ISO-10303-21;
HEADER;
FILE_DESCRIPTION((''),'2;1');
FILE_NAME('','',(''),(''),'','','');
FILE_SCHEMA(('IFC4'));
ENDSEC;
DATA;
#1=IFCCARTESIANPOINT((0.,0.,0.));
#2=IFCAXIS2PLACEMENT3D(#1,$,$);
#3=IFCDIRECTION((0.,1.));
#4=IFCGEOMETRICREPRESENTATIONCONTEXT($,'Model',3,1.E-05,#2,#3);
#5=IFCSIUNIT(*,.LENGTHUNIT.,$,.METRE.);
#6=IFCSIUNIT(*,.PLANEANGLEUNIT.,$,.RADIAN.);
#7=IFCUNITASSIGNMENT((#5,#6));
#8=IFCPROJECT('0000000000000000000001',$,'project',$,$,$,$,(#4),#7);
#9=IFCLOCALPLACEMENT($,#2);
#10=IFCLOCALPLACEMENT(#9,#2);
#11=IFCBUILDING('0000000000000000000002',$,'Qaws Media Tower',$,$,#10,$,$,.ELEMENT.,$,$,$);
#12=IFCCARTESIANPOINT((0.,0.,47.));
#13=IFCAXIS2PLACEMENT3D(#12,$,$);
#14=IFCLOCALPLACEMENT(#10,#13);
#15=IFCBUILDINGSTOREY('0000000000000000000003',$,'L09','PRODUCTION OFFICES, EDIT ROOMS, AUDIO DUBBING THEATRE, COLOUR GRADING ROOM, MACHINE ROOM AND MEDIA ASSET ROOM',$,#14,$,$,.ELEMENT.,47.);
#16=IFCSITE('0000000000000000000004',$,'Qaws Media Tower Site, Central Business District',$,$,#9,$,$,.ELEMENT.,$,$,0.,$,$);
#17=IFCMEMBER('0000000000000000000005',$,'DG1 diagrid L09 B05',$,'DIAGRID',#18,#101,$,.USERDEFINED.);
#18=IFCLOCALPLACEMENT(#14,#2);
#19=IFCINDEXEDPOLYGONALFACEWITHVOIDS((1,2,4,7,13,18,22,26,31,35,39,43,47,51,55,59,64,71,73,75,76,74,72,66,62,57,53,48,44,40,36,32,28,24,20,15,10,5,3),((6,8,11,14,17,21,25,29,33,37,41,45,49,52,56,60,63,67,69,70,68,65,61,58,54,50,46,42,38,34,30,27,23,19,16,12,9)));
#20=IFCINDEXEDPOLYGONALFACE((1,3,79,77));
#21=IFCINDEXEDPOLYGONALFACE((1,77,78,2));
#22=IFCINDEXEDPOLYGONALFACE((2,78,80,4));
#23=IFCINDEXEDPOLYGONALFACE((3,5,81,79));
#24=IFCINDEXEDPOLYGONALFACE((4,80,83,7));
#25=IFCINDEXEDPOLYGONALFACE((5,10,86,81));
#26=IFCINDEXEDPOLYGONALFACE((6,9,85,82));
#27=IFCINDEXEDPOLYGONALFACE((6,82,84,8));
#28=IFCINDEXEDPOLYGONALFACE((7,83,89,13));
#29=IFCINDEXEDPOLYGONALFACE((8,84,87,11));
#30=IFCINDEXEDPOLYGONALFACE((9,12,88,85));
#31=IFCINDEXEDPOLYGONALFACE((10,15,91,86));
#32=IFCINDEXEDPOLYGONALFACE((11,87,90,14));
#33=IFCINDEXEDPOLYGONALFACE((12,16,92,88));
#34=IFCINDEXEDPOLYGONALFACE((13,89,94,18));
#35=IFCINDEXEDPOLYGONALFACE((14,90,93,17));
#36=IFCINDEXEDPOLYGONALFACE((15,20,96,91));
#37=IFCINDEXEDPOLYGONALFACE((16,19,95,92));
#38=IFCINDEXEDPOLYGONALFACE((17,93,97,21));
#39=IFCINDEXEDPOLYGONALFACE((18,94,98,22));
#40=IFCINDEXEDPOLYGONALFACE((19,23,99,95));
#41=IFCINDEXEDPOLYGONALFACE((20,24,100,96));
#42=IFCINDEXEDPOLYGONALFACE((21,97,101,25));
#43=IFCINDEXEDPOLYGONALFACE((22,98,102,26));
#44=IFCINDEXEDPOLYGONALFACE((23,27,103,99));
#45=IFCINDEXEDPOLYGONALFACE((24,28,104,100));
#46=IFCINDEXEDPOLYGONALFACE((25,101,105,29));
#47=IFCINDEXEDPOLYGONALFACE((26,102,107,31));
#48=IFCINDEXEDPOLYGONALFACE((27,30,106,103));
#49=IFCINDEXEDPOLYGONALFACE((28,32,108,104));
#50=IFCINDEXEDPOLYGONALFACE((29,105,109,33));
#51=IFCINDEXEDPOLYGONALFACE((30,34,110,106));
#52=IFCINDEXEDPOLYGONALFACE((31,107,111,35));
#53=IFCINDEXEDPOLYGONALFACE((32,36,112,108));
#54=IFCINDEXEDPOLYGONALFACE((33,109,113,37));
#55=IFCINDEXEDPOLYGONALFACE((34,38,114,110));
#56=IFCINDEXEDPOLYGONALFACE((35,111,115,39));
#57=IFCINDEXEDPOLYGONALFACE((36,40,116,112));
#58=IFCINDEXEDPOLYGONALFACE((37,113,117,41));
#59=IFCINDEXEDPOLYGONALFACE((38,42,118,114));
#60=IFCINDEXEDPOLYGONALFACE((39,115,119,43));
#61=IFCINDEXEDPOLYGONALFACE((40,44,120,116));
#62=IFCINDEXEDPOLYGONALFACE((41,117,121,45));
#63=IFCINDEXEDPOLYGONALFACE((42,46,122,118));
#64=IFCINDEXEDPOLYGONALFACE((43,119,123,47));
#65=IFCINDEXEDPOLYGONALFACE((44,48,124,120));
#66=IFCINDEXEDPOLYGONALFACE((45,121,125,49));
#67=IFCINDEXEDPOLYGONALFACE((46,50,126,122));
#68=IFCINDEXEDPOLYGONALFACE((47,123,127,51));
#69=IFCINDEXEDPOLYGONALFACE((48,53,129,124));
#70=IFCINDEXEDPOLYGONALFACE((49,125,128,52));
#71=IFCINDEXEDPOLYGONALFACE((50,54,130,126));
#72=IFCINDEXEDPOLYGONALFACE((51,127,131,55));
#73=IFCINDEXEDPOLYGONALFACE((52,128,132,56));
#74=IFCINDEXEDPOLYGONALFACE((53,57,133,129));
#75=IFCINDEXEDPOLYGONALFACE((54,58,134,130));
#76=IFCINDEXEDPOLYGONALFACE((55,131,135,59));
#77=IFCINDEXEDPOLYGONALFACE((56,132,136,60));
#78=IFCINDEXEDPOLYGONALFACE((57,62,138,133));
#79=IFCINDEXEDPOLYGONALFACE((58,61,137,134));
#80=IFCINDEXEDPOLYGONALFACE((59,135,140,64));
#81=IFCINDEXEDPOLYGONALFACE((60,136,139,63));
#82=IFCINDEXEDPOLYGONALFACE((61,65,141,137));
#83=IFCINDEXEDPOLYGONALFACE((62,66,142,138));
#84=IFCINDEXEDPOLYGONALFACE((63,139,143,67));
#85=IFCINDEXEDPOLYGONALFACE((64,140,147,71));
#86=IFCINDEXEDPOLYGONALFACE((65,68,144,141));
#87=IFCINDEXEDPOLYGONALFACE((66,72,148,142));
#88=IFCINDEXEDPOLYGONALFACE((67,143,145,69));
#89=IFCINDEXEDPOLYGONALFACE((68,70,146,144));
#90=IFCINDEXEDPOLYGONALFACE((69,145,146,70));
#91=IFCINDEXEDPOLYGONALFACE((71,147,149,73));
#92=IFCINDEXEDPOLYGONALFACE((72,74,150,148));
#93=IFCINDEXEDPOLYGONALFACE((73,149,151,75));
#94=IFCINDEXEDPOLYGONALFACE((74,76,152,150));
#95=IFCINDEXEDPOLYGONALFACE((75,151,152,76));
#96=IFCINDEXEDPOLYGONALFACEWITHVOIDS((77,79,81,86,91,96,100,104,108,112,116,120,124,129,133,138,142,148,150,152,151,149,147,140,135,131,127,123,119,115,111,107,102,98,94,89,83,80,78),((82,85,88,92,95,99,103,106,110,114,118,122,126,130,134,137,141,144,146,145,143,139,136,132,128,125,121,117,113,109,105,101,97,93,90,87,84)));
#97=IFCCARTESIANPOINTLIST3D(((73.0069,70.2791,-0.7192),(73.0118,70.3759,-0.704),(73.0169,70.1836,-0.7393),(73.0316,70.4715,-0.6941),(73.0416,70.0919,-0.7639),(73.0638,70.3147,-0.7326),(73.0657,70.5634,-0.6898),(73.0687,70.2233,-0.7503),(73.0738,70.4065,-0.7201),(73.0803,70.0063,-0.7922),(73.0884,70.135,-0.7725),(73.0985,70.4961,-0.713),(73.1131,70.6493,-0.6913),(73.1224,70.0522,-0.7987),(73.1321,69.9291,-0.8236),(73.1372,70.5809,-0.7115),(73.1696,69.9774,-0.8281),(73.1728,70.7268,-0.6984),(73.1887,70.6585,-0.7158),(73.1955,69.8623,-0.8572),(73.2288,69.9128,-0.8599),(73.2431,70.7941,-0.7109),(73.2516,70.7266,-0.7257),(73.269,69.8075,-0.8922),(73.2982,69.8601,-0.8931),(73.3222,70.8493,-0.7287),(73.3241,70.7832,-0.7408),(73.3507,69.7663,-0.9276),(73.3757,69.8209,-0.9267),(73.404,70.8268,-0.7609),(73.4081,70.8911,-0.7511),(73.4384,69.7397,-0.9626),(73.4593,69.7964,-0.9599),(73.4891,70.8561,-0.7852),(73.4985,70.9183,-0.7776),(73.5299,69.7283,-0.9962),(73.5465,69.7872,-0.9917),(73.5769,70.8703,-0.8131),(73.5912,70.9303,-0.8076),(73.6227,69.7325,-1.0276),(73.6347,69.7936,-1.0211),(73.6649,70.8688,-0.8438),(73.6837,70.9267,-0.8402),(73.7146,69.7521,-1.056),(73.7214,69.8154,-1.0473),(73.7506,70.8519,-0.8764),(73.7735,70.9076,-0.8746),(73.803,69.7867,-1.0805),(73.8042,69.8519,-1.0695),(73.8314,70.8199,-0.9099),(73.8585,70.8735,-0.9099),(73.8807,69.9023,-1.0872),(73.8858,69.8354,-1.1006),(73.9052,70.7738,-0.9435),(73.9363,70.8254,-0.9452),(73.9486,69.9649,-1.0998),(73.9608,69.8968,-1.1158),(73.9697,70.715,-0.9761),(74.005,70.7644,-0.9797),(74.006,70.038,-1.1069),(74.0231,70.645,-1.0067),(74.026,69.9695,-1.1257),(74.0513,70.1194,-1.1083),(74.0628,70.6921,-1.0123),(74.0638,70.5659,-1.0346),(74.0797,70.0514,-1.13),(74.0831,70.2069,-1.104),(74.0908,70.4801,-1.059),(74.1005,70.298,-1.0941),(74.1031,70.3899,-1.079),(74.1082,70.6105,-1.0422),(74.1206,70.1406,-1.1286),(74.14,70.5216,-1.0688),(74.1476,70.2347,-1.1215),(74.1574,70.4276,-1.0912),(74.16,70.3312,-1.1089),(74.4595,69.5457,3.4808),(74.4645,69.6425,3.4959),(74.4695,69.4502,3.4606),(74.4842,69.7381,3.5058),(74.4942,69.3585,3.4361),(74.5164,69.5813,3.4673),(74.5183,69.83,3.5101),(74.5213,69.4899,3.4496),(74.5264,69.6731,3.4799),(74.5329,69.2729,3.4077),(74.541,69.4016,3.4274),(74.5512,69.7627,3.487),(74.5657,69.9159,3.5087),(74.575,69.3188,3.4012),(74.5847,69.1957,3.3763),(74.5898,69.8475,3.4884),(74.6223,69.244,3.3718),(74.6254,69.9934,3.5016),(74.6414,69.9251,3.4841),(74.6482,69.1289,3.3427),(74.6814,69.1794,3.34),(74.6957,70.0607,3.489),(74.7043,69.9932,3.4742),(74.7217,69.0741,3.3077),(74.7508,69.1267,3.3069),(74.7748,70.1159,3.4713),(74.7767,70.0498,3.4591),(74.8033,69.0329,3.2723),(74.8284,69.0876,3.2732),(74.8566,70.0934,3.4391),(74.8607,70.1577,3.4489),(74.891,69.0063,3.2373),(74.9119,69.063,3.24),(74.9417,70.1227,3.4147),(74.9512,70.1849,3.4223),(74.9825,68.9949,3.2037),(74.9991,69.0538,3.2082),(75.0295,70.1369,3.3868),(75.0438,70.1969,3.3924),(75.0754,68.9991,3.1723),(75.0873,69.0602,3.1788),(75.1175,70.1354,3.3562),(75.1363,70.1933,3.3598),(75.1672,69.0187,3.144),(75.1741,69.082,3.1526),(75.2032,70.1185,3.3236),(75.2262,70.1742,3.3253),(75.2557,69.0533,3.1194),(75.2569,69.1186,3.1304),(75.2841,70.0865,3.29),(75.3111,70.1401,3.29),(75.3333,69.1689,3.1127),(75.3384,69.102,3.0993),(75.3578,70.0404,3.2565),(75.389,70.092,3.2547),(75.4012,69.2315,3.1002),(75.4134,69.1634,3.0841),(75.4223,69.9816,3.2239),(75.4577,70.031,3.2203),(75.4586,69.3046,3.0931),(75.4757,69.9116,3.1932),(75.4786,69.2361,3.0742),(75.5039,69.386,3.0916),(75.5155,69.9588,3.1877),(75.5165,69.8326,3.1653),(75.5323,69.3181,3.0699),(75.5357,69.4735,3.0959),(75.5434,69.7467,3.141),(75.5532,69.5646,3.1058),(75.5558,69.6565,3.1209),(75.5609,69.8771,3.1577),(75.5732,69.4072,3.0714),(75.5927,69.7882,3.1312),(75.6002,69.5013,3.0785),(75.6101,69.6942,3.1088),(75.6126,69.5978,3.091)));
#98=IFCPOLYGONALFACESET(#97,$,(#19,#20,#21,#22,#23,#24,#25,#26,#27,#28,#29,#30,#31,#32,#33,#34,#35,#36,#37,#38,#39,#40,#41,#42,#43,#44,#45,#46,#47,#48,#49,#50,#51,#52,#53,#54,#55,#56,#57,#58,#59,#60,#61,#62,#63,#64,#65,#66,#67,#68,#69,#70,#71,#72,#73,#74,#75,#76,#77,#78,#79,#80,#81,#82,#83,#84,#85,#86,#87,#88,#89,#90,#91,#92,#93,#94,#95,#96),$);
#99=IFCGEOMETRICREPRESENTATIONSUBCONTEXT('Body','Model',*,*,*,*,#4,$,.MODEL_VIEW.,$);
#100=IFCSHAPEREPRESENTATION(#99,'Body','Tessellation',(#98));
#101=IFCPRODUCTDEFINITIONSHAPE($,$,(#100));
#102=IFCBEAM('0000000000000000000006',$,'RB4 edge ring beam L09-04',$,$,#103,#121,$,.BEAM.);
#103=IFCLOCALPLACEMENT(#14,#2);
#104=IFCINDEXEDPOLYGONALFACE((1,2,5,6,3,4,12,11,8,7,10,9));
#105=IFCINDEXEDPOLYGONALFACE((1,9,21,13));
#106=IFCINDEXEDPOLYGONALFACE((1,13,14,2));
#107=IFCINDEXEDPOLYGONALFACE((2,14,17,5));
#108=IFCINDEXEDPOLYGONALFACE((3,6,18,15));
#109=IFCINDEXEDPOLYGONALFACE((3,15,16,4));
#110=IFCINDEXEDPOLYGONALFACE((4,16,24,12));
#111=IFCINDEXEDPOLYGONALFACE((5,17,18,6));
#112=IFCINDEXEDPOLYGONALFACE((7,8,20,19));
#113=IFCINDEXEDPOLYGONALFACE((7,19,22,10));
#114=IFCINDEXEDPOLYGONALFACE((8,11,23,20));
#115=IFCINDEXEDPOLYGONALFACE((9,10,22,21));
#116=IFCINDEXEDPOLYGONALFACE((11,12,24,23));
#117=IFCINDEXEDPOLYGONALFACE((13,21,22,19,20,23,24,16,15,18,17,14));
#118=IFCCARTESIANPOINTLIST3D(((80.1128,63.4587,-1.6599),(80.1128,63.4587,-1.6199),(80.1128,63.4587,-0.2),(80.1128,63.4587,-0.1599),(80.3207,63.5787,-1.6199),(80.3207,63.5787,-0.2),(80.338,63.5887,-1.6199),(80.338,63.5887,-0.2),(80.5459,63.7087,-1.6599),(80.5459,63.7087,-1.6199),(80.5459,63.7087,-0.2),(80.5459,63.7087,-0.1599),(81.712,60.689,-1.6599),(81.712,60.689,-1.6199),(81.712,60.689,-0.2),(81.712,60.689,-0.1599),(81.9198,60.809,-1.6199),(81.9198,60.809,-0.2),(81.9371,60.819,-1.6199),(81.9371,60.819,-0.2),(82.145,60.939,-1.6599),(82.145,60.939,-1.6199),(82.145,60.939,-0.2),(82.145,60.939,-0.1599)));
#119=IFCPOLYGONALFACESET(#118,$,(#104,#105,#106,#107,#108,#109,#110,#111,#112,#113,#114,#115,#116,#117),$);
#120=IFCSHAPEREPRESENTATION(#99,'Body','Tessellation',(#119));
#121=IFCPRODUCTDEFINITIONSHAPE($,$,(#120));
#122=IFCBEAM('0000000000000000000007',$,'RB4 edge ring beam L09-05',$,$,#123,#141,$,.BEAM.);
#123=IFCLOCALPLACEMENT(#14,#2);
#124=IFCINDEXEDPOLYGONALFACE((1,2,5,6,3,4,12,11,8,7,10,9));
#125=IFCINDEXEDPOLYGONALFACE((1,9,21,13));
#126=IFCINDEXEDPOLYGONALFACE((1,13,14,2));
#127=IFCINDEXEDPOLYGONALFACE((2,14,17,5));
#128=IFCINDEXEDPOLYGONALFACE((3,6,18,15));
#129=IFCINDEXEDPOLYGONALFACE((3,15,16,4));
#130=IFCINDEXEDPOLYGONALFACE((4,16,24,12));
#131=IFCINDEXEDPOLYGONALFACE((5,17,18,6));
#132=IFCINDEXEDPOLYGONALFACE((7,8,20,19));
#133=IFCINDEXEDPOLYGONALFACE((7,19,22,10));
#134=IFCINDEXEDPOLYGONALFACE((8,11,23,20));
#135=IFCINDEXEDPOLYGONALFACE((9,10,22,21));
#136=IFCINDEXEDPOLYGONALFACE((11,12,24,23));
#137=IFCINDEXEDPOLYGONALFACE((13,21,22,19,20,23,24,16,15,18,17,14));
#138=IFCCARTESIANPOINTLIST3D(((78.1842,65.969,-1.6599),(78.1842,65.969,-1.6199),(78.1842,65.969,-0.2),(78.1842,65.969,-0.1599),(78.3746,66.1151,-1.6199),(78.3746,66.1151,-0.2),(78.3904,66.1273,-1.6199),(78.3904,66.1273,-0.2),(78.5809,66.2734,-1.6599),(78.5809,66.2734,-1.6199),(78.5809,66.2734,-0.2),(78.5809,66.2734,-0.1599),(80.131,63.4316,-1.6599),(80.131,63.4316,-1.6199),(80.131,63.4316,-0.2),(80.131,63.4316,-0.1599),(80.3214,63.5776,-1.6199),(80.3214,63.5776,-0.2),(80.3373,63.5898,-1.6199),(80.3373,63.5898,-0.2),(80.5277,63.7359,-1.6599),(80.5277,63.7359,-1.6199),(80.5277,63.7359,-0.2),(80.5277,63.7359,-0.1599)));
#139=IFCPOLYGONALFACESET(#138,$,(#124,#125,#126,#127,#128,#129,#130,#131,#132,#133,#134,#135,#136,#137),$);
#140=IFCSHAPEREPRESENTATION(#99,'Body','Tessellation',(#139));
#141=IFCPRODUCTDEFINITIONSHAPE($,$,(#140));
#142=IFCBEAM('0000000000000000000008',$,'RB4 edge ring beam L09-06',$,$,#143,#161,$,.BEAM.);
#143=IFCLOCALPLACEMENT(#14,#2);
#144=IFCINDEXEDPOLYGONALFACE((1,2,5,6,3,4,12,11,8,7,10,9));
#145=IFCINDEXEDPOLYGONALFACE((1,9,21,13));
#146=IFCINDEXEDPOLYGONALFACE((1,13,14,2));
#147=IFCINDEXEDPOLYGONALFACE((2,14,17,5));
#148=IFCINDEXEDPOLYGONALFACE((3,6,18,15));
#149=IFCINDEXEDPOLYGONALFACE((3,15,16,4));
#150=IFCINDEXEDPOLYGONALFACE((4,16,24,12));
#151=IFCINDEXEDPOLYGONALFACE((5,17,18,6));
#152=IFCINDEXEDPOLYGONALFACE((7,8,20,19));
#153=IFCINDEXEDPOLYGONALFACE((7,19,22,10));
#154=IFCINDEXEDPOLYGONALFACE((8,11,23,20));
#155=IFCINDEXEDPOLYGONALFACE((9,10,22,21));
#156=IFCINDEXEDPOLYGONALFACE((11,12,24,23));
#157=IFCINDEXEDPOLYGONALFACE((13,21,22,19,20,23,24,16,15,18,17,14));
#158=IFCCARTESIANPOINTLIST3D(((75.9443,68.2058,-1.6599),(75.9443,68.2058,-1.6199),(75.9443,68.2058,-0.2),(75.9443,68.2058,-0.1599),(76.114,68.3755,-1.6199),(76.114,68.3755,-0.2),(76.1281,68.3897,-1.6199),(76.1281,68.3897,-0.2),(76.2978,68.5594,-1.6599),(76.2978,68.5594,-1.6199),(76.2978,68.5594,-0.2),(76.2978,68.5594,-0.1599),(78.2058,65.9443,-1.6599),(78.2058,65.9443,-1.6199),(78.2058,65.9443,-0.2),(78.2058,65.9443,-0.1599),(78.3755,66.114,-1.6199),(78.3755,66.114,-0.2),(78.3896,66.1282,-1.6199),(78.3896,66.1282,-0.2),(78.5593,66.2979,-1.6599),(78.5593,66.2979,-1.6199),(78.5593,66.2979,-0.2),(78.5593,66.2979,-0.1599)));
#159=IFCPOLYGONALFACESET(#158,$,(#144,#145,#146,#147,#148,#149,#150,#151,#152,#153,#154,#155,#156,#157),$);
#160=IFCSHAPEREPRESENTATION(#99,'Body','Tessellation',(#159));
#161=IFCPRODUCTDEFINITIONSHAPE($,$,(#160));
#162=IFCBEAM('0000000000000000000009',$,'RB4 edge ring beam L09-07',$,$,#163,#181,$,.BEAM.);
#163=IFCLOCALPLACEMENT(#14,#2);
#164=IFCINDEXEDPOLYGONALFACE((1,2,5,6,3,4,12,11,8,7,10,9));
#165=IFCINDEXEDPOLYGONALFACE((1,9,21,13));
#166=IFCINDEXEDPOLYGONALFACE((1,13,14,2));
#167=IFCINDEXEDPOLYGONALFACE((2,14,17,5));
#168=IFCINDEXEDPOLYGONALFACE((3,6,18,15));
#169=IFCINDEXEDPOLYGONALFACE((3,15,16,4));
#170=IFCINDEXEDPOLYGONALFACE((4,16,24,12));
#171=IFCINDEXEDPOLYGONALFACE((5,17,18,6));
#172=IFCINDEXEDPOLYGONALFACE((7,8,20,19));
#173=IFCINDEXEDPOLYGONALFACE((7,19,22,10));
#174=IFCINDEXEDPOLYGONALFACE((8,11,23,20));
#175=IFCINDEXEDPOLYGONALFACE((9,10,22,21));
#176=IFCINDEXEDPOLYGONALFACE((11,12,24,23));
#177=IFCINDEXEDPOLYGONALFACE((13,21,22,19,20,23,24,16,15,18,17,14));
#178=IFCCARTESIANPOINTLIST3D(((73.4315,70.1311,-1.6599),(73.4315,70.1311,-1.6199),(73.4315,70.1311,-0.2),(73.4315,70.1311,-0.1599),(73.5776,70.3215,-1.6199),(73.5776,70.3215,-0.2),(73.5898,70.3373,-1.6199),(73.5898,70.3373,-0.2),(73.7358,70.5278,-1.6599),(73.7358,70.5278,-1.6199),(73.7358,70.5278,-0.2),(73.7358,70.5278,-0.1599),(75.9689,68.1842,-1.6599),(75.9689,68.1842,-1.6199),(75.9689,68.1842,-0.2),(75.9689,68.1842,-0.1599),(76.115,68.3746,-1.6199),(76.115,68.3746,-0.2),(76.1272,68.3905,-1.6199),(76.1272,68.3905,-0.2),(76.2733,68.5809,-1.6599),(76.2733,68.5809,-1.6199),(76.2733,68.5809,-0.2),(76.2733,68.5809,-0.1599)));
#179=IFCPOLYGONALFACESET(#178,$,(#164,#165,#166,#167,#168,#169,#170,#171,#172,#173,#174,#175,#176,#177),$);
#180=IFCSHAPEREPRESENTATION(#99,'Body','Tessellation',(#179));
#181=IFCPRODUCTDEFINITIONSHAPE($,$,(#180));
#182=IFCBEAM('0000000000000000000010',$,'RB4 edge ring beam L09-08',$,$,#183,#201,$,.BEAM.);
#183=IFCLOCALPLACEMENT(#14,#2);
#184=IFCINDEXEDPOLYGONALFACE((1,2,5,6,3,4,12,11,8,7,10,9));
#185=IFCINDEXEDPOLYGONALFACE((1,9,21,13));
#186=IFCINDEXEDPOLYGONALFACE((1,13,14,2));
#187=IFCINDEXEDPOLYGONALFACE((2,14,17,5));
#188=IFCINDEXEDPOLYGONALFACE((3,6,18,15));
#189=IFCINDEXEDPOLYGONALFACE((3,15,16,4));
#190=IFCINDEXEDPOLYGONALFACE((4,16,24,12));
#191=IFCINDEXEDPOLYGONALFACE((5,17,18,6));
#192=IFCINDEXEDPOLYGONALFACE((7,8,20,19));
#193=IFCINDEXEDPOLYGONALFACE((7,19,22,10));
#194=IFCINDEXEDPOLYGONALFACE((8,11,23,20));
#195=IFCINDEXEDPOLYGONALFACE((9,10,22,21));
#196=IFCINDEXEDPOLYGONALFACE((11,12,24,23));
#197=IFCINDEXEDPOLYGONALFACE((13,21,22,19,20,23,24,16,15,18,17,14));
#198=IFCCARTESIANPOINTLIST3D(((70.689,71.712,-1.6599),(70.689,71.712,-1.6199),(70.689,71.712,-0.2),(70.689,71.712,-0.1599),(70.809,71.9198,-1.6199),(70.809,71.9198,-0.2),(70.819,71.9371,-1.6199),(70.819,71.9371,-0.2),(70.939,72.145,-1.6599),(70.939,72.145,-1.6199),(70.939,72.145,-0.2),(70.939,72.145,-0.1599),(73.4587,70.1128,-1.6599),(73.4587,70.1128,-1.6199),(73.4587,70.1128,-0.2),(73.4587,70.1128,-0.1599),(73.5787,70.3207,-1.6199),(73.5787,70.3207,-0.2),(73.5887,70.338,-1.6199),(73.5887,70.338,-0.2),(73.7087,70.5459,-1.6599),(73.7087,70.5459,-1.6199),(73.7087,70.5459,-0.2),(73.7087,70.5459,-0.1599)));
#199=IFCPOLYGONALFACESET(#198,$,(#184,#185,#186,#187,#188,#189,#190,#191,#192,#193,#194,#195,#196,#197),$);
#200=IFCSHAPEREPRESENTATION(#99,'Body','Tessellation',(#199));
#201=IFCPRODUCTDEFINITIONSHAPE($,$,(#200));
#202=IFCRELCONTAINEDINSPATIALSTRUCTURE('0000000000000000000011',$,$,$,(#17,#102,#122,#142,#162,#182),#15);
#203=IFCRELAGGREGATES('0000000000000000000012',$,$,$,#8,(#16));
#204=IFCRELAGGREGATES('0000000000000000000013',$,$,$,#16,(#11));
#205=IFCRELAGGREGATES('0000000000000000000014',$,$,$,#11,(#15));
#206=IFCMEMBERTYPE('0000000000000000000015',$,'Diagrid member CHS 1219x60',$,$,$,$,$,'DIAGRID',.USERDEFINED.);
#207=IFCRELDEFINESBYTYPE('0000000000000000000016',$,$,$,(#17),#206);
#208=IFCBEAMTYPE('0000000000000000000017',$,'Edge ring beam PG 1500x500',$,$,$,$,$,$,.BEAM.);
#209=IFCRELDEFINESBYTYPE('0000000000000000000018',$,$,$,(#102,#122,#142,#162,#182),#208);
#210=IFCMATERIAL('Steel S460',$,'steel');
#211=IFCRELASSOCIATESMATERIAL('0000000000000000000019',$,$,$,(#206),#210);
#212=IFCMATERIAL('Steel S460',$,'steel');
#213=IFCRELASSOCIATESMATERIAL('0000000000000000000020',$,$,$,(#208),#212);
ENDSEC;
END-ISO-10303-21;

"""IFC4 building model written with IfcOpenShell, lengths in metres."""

from ifc_helpers import new_model, si_unit, direction, frame, origin, origin_2d, place, context, subcontext, project, spatial, hollow_circle, i_section, extrude, material, material_profile, profile_set, type_object, element, save


model = new_model("IFC4")

# Units and contexts
model_context = context("Model", 3, precision=1e-05, world=origin(), true_north=direction((0.0, 1.0)))
body_context = subcontext(model_context, "Body", "Model", "MODEL_VIEW")
ifc_project = project(units=[si_unit("LENGTHUNIT", "METRE"), si_unit("PLANEANGLEUNIT", "RADIAN")], contexts=[model_context])

# Site, building, storey
site_placement = place(None, origin())
site = spatial("IfcSite", under=ifc_project, at=site_placement, Name="Qaws Media Tower Site, Central Business District", CompositionType="ELEMENT", RefElevation=0.0)
building_placement = place(site_placement, origin())
building = spatial("IfcBuilding", under=site, at=building_placement, Name="Qaws Media Tower", CompositionType="ELEMENT")
storey_placement = place(building_placement, frame((0.0, 0.0, 47.0)))
storey = spatial("IfcBuildingStorey", under=building, at=storey_placement, Name="L09", Description="PRODUCTION OFFICES, EDIT ROOMS, AUDIO DUBBING THEATRE, COLOUR GRADING ROOM, MACHINE ROOM AND MEDIA ASSET ROOM", CompositionType="ELEMENT", Elevation=47.0)

# Member
ifc_material_1 = material(Name="Steel S460", Category="steel")
ifc_material_profile_1 = material_profile(ifc_material_1, hollow_circle(Radius=0.6096, WallThickness=0.0601, at=origin_2d()), Name="CHS 1219x60")
ifc_profile_set_1 = profile_set([ifc_material_profile_1], Name="Steel S460")
member_type_1 = type_object("IfcMemberType", Name="Diagrid member CHS 1219x60", ElementType="DIAGRID", PredefinedType="USERDEFINED", material=ifc_profile_set_1)
member_1_placement = place(storey_placement, frame((73.5837, 70.3293, -0.9099), z_axis=(0.322509, -0.162826, 0.932457), x_axis=(0.450691, 0.89268, 0.0)))
element("IfcMember", 1, at=member_1_placement, inside=storey, type_object=member_type_1, Name="DG1 diagrid L09 B05", ObjectType="DIAGRID", PredefinedType="USERDEFINED", context=body_context, shape_type="SweptSolid", body=[
    extrude(hollow_circle(Radius=0.6096, WallThickness=0.0601, at=origin_2d()), origin(), (0.0, 0.0, 1.0), 4.5042),
])

# Beams
ifc_material_2 = material(Name="Steel S460", Category="steel")
ifc_material_profile_2 = material_profile(ifc_material_2, i_section(OverallWidth=0.5, OverallDepth=1.5, WebThickness=0.02, FlangeThickness=0.04, at=origin_2d()), Name="PG 1500x500")
ifc_profile_set_2 = profile_set([ifc_material_profile_2], Name="Steel S460")
beam_type = type_object("IfcBeamType", Name="Edge ring beam PG 1500x500", PredefinedType="BEAM", material=ifc_profile_set_2)
for number, where, z_axis, x_axis, name in (
    (2, (81.9285, 60.814, -0.9099), (-0.499998, 0.866027, 0.0), (-0.866027, -0.499998, 0.0), "RB4 edge ring beam L09-04"),
    (3, (80.3293, 63.5837, -0.9099), (-0.608722, 0.793384, 0.0), (-0.793384, -0.608722, 0.0), "RB4 edge ring beam L09-05"),
    (4, (78.3826, 66.1211, -0.9099), (-0.707107, 0.707107, 0.0), (-0.707107, -0.707107, 0.0), "RB4 edge ring beam L09-06"),
    (5, (76.1211, 68.3826, -0.9099), (-0.793384, 0.608722, 0.0), (-0.608722, -0.793384, 0.0), "RB4 edge ring beam L09-07"),
    (6, (73.5837, 70.3293, -0.9099), (-0.866027, 0.499998, 0.0), (-0.499998, -0.866027, 0.0), "RB4 edge ring beam L09-08"),
):
    element("IfcBeam", number, at=place(storey_placement, frame(where, z_axis=z_axis, x_axis=x_axis)), inside=storey, type_object=beam_type, Name=name, PredefinedType="BEAM", context=body_context, shape_type="SweptSolid", body=[
        extrude(i_section(OverallWidth=0.5, OverallDepth=1.5, WebThickness=0.02, FlangeThickness=0.04, at=origin_2d()), origin(), (0.0, 0.0, 1.0), 3.1982),
    ])

save(model, "model.ifc")
